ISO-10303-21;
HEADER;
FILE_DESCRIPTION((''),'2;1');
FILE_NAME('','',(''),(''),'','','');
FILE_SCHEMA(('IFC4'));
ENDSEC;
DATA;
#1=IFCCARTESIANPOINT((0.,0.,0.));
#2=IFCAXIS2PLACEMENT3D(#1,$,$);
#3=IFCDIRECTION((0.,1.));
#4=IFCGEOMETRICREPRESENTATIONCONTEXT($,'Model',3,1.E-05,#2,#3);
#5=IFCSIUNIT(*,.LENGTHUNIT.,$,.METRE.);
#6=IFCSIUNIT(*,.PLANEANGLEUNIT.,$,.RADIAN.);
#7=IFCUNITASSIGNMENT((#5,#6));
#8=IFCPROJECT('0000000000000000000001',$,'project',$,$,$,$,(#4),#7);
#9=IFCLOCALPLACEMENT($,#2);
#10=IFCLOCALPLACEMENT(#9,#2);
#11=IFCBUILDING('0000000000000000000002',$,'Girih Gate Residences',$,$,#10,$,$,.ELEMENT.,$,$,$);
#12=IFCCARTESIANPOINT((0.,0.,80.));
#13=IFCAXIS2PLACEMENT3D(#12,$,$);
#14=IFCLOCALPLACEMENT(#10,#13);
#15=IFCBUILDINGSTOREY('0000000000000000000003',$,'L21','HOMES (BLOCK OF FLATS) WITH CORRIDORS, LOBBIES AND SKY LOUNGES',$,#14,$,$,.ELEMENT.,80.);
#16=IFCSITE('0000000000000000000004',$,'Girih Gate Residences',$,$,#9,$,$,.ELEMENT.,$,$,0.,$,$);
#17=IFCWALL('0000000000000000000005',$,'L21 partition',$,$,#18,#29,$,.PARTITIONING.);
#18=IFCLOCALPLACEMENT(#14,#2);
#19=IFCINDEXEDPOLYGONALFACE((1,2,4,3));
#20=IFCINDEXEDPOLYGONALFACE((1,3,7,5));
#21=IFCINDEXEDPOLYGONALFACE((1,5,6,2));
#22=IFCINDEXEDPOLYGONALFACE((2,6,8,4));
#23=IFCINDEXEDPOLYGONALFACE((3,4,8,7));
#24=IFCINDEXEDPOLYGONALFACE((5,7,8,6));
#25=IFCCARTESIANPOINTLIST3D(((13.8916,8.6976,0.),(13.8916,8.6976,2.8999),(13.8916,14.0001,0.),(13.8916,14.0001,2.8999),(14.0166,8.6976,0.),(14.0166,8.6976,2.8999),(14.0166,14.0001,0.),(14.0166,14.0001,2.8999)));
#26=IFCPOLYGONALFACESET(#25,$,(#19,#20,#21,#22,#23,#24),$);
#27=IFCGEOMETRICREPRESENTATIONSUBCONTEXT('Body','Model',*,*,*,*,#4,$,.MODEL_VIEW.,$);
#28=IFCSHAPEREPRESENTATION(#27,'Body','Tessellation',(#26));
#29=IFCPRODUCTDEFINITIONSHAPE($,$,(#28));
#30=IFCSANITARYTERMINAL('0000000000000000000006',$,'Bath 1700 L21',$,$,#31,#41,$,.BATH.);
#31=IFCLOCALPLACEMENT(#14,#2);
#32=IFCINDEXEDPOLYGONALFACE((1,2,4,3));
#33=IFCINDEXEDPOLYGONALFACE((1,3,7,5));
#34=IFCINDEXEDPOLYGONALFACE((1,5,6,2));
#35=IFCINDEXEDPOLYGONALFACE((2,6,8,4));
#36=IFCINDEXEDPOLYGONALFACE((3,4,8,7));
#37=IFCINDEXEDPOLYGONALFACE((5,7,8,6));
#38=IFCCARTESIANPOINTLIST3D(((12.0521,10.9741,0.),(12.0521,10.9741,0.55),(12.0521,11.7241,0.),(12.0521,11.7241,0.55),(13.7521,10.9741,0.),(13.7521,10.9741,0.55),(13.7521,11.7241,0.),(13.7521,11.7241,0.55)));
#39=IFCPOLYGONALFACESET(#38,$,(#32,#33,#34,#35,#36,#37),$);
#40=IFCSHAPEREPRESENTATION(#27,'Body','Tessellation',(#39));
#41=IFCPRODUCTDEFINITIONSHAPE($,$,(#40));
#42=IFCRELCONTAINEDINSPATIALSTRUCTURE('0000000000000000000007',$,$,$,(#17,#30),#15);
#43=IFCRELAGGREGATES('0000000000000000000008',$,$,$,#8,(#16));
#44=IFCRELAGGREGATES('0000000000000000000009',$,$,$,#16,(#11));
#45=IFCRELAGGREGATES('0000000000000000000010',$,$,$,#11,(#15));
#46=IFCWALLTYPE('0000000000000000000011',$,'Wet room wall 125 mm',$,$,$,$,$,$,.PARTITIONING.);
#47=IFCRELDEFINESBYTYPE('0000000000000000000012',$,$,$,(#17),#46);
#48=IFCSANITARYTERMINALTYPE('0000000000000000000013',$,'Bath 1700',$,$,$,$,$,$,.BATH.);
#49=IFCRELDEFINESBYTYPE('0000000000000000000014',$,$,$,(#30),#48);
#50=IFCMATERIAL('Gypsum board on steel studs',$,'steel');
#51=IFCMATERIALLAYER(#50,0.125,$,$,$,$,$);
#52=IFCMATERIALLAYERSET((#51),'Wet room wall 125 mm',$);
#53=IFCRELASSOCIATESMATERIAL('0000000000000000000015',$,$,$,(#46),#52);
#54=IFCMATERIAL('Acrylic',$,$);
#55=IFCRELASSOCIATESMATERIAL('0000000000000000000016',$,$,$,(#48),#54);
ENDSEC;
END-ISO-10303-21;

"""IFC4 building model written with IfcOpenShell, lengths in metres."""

from ifc_helpers import new_model, si_unit, direction, frame, frame_2d, origin, origin_2d, place, context, subcontext, project, spatial, rectangle, extrude, material, layer, layer_set, type_object, element, save


model = new_model("IFC4")

# Units and contexts
model_context = context("Model", 3, precision=1e-05, world=origin(), true_north=direction((0.0, 1.0)))
body_context = subcontext(model_context, "Body", "Model", "MODEL_VIEW")
ifc_project = project(units=[si_unit("LENGTHUNIT", "METRE"), si_unit("PLANEANGLEUNIT", "RADIAN")], contexts=[model_context])

# Site, building, storey
site_placement = place(None, origin())
site = spatial("IfcSite", under=ifc_project, at=site_placement, Name="Girih Gate Residences", CompositionType="ELEMENT", RefElevation=0.0)
building_placement = place(site_placement, origin())
building = spatial("IfcBuilding", under=site, at=building_placement, Name="Girih Gate Residences", CompositionType="ELEMENT")
storey_placement = place(building_placement, frame((0.0, 0.0, 80.0)))
storey = spatial("IfcBuildingStorey", under=building, at=storey_placement, Name="L21", Description="HOMES (BLOCK OF FLATS) WITH CORRIDORS, LOBBIES AND SKY LOUNGES", CompositionType="ELEMENT", Elevation=80.0)

# Shared definitions
ifc_material_1 = material(Name="Gypsum board on steel studs", Category="steel")

# Wall
ifc_layer_1 = layer(ifc_material_1, 0.125)
ifc_layer_set_1 = layer_set([ifc_layer_1], Name="Wet room wall 125 mm")
wall_type_1 = type_object("IfcWallType", Name="Wet room wall 125 mm", PredefinedType="PARTITIONING", material=ifc_layer_set_1)
for number, where, z_axis, x_axis, name in (
    (1, (13.9541, 8.6975, 0.0), (0.0, 0.0, 1.0), (0.0, 1.0, 0.0), "L21 partition"),
):
    element("IfcWall", number, at=place(storey_placement, frame(where, z_axis=z_axis, x_axis=x_axis)), inside=storey, type_object=wall_type_1, Name=name, PredefinedType="PARTITIONING", context=body_context, shape_type="SweptSolid", body=[
        extrude(rectangle(XDim=5.3025, YDim=0.125, at=frame_2d((2.6514, 0.0))), origin(), (0.0, 0.0, 1.0), 2.8999),
    ])

# Sanitary terminal
ifc_material_2 = material(Name="Acrylic")
sanitary_terminal_type = type_object("IfcSanitaryTerminalType", Name="Bath 1700", PredefinedType="BATH", material=ifc_material_2)
sanitary_terminal_placement = place(storey_placement, frame((12.9021, 11.3491, 0.0), z_axis=(0.0, 0.0, 1.0), x_axis=(1.0, 0.0, 0.0)))
element("IfcSanitaryTerminal", 2, at=sanitary_terminal_placement, inside=storey, type_object=sanitary_terminal_type, Name="Bath 1700 L21", PredefinedType="BATH", context=body_context, shape_type="SweptSolid", body=[
    extrude(rectangle(XDim=1.7, YDim=0.75, at=origin_2d()), origin(), (0.0, 0.0, 1.0), 0.55),
])

save(model, "model.ifc")
